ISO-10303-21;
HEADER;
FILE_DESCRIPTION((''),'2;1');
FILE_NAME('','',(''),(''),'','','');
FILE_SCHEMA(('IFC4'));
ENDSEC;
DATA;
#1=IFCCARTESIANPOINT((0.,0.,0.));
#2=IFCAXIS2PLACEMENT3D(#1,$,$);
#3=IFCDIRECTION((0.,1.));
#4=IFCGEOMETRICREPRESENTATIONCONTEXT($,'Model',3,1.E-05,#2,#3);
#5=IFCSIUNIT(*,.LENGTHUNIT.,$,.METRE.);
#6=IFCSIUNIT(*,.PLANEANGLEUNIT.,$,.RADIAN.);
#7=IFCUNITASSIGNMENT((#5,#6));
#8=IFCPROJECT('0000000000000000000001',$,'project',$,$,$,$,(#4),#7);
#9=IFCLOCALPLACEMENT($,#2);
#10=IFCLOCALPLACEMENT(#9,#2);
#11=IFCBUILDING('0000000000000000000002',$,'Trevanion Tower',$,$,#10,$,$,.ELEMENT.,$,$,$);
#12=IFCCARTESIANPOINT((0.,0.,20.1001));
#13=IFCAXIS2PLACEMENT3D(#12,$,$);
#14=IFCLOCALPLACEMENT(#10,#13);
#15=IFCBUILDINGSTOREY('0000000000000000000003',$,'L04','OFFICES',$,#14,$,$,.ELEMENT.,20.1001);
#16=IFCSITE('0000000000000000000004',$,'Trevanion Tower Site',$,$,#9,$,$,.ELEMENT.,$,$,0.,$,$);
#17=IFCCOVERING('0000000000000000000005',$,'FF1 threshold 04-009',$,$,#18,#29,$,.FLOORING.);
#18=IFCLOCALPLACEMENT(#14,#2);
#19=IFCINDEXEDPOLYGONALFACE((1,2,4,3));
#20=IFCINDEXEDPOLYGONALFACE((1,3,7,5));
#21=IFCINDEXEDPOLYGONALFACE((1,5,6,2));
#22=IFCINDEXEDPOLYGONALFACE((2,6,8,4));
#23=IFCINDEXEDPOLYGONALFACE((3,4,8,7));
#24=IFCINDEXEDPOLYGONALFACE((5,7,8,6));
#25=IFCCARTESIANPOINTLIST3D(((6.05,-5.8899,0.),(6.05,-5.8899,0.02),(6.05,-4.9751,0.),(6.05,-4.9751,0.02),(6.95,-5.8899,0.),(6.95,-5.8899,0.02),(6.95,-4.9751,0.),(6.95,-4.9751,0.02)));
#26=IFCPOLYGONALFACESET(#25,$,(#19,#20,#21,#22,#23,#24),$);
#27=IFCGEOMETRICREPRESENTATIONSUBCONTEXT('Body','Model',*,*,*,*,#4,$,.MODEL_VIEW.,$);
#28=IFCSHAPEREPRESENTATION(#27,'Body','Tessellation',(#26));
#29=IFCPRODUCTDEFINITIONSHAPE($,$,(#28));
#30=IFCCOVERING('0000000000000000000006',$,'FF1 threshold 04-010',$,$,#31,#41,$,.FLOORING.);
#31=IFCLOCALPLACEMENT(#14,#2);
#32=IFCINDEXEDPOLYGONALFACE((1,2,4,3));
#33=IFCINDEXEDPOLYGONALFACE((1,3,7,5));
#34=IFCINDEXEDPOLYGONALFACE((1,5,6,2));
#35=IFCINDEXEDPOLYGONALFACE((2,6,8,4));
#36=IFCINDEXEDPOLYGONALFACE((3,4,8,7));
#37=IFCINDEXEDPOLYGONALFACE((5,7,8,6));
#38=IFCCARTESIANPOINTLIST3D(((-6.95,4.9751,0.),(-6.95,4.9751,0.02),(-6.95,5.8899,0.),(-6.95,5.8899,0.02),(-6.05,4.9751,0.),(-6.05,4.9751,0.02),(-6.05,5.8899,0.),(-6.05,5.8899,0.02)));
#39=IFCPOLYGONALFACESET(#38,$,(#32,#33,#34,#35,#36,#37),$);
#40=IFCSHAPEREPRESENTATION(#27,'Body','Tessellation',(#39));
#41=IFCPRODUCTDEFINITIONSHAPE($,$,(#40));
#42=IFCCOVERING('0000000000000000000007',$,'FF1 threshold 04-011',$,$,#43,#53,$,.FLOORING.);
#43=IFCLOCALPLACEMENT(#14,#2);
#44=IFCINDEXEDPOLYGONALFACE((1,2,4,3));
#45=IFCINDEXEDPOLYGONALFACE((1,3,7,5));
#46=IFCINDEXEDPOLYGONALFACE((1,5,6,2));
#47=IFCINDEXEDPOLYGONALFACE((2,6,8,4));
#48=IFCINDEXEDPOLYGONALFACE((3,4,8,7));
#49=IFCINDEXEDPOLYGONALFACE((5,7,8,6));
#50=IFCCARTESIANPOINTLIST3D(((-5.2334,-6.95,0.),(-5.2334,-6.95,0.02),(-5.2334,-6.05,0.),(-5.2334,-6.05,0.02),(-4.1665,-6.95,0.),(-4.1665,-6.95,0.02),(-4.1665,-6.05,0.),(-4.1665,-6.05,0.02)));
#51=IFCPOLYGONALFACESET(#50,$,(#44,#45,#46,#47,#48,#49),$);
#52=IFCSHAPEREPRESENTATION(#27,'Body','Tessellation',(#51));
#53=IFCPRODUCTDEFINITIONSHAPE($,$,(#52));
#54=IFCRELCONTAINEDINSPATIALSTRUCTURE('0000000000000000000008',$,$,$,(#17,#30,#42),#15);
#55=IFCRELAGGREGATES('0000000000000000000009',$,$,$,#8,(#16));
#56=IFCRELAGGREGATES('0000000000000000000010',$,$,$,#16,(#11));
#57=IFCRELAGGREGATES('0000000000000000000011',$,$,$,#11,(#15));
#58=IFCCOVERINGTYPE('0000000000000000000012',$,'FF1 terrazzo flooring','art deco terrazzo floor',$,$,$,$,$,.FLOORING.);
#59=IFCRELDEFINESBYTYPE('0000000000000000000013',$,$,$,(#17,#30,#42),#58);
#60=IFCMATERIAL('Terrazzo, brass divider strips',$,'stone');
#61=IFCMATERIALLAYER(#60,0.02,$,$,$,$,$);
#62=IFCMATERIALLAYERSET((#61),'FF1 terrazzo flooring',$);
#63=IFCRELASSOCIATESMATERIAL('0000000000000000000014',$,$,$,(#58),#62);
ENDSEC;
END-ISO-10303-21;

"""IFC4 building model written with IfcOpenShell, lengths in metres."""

from ifc_helpers import new_model, si_unit, direction, frame, origin, place, context, subcontext, project, spatial, polyline, outline, extrude, material, layer, layer_set, type_object, element, save


model = new_model("IFC4")

# Units and contexts
model_context = context("Model", 3, precision=1e-05, world=origin(), true_north=direction((0.0, 1.0)))
body_context = subcontext(model_context, "Body", "Model", "MODEL_VIEW")
ifc_project = project(units=[si_unit("LENGTHUNIT", "METRE"), si_unit("PLANEANGLEUNIT", "RADIAN")], contexts=[model_context])

# Site, building, storey
site_placement = place(None, origin())
site = spatial("IfcSite", under=ifc_project, at=site_placement, Name="Trevanion Tower Site", CompositionType="ELEMENT", RefElevation=0.0)
building_placement = place(site_placement, origin())
building = spatial("IfcBuilding", under=site, at=building_placement, Name="Trevanion Tower", CompositionType="ELEMENT")
storey_placement = place(building_placement, frame((0.0, 0.0, 20.1001)))
storey = spatial("IfcBuildingStorey", under=building, at=storey_placement, Name="L04", Description="OFFICES", CompositionType="ELEMENT", Elevation=20.1001)

# Coverings
ifc_material_1 = material(Name="Terrazzo, brass divider strips", Category="stone")
ifc_layer_1 = layer(ifc_material_1, 0.02)
ifc_layer_set_1 = layer_set([ifc_layer_1], Name="FF1 terrazzo flooring")
covering_type = type_object("IfcCoveringType", Name="FF1 terrazzo flooring", Description="art deco terrazzo floor", PredefinedType="FLOORING", material=ifc_layer_set_1)
covering_1_placement = place(storey_placement, origin())
element("IfcCovering", 1, at=covering_1_placement, inside=storey, type_object=covering_type, Name="FF1 threshold 04-009", PredefinedType="FLOORING", context=body_context, shape_type="SweptSolid", body=[
    extrude(outline(polyline([(6.95, -5.8899), (6.95, -4.9751), (6.05, -4.9751), (6.05, -5.8899), (6.95, -5.8899)])), origin(), (0.0, 0.0, 1.0), 0.02),
])
covering_2_placement = place(storey_placement, origin())
element("IfcCovering", 2, at=covering_2_placement, inside=storey, type_object=covering_type, Name="FF1 threshold 04-010", PredefinedType="FLOORING", context=body_context, shape_type="SweptSolid", body=[
    extrude(outline(polyline([(-6.95, 5.8899), (-6.95, 4.9751), (-6.05, 4.9751), (-6.05, 5.8899), (-6.95, 5.8899)])), origin(), (0.0, 0.0, 1.0), 0.02),
])
covering_3_placement = place(storey_placement, origin())
element("IfcCovering", 3, at=covering_3_placement, inside=storey, type_object=covering_type, Name="FF1 threshold 04-011", PredefinedType="FLOORING", context=body_context, shape_type="SweptSolid", body=[
    extrude(outline(polyline([(-5.2334, -6.95), (-4.1665, -6.95), (-4.1665, -6.05), (-5.2334, -6.05), (-5.2334, -6.95)])), origin(), (0.0, 0.0, 1.0), 0.02),
])

save(model, "model.ifc")
